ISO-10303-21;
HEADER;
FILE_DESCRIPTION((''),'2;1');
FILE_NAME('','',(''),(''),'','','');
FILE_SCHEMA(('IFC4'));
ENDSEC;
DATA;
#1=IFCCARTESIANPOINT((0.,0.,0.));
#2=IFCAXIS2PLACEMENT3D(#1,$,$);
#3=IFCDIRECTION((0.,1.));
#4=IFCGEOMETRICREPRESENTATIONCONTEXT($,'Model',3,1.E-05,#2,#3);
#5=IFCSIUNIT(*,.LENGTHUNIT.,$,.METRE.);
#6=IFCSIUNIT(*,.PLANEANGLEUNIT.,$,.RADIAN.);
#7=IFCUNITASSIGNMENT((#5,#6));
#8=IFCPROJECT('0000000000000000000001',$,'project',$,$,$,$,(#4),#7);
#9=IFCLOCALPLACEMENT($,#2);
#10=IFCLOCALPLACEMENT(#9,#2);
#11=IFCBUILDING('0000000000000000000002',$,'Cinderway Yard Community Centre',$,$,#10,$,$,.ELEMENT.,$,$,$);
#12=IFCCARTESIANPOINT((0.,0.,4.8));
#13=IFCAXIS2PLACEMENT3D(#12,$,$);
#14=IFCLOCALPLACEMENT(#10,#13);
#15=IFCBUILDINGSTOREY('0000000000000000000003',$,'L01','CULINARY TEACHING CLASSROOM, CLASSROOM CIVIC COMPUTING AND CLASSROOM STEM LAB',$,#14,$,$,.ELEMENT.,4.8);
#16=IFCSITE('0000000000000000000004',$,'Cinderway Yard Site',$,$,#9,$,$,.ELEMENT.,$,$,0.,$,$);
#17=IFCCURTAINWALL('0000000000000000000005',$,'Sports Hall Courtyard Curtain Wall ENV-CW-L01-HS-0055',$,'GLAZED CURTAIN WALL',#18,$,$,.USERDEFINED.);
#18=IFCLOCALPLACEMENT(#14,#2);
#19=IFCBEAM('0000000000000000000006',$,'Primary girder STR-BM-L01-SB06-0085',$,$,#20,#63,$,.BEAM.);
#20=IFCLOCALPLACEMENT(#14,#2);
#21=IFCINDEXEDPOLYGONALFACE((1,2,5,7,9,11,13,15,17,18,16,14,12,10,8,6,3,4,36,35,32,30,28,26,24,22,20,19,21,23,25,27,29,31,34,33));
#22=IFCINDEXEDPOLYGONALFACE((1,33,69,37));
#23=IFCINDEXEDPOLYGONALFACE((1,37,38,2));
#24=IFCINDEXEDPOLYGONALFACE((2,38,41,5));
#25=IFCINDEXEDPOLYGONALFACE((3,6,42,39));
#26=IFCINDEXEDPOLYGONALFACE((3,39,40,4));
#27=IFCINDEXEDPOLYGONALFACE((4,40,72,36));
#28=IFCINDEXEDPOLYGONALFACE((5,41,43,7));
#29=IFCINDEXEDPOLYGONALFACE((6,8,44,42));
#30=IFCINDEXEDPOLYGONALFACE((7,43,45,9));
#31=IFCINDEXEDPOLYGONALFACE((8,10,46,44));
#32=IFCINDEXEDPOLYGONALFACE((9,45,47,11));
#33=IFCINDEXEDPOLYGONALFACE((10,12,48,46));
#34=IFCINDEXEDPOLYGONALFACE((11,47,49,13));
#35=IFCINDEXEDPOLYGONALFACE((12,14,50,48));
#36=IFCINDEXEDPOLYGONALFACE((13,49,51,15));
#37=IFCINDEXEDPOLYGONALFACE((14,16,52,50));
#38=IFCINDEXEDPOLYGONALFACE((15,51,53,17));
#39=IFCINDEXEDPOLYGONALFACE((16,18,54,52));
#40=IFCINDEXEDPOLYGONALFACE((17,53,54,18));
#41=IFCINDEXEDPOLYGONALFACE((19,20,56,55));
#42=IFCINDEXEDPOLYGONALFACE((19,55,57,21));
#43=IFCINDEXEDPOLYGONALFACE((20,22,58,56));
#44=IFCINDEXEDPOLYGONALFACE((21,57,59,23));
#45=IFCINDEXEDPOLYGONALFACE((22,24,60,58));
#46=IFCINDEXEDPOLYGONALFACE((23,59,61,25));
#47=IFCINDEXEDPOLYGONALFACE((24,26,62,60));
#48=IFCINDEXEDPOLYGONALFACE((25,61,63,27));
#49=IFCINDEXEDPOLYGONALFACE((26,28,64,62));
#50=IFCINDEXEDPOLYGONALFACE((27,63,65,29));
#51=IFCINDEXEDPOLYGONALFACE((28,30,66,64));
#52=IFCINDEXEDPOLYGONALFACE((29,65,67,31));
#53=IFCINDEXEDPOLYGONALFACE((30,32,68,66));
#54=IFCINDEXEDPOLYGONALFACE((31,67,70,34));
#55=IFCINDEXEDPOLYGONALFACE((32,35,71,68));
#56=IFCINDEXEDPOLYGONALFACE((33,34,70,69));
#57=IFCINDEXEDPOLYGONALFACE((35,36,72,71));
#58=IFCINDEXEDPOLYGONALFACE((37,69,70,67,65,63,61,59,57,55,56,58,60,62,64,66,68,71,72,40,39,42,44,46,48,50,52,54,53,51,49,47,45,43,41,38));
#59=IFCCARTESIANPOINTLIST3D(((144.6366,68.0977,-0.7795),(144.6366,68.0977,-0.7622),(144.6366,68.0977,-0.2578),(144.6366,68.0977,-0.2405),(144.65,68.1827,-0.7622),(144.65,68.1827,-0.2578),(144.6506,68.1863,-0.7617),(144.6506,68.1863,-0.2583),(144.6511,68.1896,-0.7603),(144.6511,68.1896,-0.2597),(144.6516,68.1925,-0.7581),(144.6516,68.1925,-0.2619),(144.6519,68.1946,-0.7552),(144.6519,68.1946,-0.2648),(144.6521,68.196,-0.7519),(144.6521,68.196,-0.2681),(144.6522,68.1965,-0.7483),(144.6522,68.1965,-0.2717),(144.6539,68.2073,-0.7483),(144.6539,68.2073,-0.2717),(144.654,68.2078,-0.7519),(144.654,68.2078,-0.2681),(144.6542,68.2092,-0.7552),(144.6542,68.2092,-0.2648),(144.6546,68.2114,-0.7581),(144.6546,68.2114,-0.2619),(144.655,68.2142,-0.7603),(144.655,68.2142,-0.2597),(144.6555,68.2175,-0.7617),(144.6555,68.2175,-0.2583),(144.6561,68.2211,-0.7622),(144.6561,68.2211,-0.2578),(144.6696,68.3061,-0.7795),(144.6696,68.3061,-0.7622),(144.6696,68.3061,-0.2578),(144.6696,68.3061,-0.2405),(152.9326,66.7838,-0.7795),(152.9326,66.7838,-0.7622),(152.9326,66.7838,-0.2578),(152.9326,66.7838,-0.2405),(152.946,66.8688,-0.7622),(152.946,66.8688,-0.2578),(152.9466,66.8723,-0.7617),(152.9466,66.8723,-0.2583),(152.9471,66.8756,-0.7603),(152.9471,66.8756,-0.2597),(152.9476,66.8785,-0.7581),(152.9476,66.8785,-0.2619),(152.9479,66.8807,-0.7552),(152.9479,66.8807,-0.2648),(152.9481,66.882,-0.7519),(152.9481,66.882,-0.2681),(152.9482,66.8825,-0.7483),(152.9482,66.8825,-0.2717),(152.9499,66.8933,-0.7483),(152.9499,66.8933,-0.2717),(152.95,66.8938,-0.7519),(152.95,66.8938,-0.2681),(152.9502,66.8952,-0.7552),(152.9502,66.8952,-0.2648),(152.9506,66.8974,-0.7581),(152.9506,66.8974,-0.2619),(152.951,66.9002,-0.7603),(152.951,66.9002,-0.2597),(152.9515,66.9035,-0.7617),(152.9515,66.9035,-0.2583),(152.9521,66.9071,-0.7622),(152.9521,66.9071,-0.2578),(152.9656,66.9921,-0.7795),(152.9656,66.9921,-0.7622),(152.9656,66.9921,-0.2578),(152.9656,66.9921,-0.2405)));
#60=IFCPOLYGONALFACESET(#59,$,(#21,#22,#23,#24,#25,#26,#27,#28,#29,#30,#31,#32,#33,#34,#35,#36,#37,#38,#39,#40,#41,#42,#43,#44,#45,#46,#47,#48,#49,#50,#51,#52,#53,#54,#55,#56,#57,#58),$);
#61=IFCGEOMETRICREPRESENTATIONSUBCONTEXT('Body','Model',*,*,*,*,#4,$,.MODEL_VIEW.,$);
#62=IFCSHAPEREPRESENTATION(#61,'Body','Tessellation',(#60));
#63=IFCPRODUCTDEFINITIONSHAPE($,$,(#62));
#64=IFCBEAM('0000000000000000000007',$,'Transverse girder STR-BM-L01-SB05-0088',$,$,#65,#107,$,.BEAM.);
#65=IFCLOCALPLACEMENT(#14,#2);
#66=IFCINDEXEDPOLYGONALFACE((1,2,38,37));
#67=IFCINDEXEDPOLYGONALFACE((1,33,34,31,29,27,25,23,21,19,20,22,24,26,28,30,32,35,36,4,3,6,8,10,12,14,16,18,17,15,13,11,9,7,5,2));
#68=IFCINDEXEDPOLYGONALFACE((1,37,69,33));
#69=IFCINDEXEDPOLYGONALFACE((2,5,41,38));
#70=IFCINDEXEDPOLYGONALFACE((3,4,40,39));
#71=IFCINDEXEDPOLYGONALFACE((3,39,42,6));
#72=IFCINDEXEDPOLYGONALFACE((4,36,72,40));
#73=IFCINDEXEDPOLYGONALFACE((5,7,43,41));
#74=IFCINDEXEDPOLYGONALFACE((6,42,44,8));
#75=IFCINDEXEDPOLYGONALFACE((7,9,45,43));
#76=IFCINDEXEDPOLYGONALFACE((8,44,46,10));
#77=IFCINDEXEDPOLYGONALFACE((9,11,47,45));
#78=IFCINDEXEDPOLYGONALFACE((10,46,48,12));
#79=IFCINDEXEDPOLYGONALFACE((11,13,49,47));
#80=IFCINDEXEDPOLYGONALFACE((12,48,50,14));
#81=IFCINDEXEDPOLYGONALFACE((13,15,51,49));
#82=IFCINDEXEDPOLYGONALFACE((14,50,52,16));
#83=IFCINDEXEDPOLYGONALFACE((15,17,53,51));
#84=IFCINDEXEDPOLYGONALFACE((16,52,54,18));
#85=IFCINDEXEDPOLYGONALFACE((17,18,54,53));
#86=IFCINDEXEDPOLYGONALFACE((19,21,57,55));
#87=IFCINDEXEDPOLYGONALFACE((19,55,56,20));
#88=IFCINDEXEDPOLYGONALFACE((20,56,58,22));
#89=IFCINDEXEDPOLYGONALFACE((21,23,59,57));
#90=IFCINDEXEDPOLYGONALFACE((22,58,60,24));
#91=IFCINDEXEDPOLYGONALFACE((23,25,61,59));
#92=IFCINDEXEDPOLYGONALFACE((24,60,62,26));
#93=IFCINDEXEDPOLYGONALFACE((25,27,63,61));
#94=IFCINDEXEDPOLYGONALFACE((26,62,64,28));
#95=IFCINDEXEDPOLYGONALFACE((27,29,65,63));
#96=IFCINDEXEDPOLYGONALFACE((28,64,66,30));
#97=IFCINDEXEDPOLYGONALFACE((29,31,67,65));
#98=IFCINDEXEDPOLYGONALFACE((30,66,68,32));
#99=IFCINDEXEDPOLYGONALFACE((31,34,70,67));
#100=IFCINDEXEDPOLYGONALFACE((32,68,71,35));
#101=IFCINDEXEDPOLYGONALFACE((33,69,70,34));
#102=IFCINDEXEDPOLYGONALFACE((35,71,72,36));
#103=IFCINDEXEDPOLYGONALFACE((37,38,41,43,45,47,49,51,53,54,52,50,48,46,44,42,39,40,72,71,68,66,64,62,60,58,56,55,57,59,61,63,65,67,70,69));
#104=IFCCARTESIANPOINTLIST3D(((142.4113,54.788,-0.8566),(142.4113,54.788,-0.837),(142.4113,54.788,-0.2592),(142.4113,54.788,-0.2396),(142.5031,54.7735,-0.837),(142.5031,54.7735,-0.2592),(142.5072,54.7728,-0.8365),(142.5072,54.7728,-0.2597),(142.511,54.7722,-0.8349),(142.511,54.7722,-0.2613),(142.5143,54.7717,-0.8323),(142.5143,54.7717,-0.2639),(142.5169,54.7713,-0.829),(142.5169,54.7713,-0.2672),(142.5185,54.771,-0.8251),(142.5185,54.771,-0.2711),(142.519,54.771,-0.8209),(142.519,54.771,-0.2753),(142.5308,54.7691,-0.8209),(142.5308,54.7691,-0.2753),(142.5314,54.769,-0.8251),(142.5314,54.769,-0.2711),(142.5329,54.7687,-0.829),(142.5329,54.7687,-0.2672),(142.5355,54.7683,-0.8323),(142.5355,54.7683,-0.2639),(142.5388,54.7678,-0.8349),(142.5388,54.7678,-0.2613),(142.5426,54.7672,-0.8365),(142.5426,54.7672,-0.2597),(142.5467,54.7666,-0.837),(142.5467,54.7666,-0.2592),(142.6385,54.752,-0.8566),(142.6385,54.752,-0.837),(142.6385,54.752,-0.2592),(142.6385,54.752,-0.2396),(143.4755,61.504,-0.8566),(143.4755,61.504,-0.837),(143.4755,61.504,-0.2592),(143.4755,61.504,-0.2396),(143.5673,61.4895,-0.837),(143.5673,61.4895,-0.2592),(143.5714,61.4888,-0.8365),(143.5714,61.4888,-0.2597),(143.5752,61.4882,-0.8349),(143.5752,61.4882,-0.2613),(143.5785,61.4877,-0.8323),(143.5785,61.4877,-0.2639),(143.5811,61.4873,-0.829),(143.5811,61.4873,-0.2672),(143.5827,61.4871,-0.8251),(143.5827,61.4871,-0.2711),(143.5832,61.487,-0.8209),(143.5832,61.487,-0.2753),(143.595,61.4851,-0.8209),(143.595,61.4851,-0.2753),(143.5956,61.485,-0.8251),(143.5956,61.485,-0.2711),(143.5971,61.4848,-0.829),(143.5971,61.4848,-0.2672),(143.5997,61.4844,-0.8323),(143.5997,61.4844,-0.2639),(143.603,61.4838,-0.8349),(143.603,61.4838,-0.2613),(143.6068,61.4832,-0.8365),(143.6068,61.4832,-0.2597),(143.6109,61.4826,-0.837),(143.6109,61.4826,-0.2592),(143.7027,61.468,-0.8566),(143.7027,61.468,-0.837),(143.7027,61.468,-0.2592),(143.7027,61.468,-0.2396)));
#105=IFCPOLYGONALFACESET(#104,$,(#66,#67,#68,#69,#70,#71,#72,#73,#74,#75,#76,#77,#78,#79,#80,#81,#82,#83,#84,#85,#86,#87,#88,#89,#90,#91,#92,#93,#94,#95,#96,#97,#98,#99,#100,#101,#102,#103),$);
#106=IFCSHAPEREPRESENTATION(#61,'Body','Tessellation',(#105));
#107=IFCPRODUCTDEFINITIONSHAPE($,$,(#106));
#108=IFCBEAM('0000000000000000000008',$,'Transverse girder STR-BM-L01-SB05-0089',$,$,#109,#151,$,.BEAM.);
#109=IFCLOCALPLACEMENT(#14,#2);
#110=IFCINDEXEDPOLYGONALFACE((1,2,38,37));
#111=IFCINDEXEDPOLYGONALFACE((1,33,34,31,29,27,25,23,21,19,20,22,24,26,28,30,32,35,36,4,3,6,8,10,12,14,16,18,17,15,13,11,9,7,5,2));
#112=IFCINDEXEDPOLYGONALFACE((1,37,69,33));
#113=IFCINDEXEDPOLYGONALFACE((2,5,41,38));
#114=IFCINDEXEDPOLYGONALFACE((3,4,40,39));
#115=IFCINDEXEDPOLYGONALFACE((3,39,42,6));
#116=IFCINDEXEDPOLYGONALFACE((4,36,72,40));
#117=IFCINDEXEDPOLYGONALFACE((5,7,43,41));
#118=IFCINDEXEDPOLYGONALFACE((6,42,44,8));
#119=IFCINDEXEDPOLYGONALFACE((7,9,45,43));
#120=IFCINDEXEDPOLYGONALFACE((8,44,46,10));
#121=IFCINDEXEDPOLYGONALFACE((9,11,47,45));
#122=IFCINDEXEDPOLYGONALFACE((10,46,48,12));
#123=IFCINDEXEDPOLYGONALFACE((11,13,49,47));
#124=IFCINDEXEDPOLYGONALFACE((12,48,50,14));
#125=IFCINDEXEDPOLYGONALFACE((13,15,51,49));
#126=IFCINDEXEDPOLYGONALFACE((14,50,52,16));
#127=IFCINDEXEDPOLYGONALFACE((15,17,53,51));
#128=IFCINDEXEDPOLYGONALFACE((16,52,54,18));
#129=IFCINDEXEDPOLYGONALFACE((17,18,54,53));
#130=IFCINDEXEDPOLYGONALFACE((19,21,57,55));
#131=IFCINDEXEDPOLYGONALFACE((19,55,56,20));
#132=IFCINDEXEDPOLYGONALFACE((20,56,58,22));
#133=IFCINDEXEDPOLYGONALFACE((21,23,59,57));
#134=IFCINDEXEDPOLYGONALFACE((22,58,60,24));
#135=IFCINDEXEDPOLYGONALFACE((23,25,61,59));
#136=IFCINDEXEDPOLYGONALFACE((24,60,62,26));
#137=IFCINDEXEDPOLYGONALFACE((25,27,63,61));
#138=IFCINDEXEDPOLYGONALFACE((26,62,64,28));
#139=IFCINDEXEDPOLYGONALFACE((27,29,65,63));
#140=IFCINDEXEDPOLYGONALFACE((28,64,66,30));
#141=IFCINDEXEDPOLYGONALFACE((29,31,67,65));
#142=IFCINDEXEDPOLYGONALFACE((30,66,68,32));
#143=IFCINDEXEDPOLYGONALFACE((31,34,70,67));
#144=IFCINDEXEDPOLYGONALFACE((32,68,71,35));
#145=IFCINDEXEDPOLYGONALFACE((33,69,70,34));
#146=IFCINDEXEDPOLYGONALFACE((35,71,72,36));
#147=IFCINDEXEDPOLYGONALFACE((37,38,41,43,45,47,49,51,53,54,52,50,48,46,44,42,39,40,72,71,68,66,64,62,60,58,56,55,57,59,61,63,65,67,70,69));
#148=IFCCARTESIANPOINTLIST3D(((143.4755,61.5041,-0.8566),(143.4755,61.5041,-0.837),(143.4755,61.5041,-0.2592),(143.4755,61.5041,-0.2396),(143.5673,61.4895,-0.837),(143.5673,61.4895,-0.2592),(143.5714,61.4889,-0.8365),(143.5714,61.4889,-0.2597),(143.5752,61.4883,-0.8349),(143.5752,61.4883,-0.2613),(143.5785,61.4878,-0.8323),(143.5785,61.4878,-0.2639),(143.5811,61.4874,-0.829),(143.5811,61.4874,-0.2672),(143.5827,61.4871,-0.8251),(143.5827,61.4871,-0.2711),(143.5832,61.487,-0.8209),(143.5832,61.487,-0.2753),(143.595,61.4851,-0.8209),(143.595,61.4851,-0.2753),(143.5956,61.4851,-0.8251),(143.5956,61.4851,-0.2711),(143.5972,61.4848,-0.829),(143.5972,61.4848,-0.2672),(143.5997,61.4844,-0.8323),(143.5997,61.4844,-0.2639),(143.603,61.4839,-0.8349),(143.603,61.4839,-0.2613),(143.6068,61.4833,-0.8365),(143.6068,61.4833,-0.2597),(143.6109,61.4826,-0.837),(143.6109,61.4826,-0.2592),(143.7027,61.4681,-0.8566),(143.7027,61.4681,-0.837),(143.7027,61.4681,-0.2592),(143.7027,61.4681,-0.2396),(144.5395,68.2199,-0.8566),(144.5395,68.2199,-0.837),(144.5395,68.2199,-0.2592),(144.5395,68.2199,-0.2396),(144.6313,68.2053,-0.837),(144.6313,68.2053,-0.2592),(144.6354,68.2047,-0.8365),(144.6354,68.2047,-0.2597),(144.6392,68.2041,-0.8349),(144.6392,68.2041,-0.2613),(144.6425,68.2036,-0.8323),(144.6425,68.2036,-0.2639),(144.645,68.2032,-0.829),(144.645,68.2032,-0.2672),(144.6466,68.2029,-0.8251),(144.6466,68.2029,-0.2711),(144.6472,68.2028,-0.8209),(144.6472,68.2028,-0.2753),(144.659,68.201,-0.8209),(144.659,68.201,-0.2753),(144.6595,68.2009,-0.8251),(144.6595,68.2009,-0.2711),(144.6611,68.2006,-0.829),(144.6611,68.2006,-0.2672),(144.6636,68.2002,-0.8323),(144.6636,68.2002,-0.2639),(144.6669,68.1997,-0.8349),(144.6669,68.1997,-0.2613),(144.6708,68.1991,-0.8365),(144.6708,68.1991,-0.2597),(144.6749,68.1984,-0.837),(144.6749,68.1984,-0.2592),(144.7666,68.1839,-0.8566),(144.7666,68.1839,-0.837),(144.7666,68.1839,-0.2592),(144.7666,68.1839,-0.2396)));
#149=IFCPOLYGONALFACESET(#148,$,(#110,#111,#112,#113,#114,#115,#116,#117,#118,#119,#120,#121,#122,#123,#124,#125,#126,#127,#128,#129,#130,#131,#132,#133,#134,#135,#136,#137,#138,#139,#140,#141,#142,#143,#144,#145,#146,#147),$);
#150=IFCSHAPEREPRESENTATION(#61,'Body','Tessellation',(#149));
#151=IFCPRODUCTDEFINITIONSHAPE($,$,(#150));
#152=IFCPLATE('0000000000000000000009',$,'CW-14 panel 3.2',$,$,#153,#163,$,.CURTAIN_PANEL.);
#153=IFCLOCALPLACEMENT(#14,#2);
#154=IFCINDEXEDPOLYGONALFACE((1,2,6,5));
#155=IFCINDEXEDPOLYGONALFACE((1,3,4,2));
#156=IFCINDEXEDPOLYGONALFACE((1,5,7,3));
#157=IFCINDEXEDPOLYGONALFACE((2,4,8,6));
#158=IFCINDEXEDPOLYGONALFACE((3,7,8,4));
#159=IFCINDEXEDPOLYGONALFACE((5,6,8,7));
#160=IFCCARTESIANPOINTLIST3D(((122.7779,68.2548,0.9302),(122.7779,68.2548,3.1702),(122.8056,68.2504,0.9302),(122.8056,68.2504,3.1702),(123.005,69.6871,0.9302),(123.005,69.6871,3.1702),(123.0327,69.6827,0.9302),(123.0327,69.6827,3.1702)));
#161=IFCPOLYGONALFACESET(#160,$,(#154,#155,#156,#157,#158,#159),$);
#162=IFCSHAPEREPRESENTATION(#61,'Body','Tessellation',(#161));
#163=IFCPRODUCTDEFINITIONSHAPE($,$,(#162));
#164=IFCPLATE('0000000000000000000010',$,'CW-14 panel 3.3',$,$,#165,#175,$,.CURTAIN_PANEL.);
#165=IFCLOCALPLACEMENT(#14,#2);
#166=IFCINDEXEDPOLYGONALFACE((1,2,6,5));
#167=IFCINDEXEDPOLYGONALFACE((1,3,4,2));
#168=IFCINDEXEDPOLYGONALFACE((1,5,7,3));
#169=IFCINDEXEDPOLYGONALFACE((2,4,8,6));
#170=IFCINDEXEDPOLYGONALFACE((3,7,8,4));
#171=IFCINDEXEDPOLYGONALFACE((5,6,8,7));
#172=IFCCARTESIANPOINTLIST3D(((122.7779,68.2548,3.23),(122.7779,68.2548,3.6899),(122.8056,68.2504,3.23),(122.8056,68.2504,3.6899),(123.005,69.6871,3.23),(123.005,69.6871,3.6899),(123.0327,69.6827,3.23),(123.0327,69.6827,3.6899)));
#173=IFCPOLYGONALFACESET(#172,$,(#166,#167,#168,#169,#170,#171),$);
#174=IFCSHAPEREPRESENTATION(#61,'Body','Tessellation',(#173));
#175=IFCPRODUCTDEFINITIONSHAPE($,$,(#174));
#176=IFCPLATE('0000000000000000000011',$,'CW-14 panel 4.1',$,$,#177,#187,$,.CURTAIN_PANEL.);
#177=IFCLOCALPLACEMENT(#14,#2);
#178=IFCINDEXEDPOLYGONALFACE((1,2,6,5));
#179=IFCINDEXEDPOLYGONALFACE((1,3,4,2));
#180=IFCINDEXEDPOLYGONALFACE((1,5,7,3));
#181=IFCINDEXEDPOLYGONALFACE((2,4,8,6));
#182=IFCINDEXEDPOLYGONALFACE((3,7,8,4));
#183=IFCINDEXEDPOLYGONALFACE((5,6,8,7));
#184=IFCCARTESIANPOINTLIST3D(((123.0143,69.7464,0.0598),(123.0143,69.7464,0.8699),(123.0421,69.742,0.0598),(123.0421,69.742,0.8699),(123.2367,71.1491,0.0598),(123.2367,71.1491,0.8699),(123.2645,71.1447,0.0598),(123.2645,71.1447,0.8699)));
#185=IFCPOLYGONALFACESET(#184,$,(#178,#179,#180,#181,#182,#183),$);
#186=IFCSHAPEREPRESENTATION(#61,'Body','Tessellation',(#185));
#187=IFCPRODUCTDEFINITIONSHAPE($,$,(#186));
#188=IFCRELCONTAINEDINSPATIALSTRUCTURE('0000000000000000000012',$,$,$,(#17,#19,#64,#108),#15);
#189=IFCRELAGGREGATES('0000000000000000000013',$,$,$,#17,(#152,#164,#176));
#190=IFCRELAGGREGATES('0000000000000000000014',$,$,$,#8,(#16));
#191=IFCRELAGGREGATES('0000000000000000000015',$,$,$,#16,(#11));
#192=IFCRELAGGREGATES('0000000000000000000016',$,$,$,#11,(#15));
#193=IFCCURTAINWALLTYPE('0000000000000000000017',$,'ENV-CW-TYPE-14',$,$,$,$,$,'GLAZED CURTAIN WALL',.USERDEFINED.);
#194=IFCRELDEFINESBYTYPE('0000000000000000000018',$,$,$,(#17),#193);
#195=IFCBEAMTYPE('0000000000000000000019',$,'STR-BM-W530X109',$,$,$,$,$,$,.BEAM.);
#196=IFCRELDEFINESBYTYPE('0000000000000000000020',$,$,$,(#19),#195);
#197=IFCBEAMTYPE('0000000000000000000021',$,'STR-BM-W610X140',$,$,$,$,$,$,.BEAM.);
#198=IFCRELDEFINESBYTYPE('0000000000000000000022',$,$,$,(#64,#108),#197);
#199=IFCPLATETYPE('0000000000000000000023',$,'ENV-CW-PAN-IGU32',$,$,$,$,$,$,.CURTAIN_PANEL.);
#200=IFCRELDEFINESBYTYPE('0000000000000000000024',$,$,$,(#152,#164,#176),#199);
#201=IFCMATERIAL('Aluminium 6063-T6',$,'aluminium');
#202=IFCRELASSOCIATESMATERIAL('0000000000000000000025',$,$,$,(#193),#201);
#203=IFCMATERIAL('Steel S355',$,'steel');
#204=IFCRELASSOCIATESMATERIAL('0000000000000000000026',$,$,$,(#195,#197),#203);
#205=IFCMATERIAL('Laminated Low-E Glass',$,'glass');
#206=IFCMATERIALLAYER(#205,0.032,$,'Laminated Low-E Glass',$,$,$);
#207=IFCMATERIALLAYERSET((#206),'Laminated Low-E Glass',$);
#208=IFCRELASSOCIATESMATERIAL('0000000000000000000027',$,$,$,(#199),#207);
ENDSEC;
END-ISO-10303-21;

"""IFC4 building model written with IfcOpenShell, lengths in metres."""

from ifc_helpers import new_model, si_unit, direction, frame, origin, origin_2d, place, context, subcontext, project, spatial, rectangle, i_section, extrude, material, layer, layer_set, material_profile, profile_set, type_object, element, aggregate, save


model = new_model("IFC4")

# Units and contexts
model_context = context("Model", 3, precision=1e-05, world=origin(), true_north=direction((0.0, 1.0)))
body_context = subcontext(model_context, "Body", "Model", "MODEL_VIEW")
ifc_project = project(units=[si_unit("LENGTHUNIT", "METRE"), si_unit("PLANEANGLEUNIT", "RADIAN")], contexts=[model_context])

# Site, building, storey
site_placement = place(None, origin())
site = spatial("IfcSite", under=ifc_project, at=site_placement, Name="Cinderway Yard Site", CompositionType="ELEMENT", RefElevation=0.0)
building_placement = place(site_placement, origin())
building = spatial("IfcBuilding", under=site, at=building_placement, Name="Cinderway Yard Community Centre", CompositionType="ELEMENT")
storey_placement = place(building_placement, frame((0.0, 0.0, 4.8)))
storey = spatial("IfcBuildingStorey", under=building, at=storey_placement, Name="L01", Description="CULINARY TEACHING CLASSROOM, CLASSROOM CIVIC COMPUTING AND CLASSROOM STEM LAB", CompositionType="ELEMENT", Elevation=4.8)

# Curtain wall
ifc_material_1 = material(Name="Aluminium 6063-T6", Category="aluminium")
curtain_wall_type = type_object("IfcCurtainWallType", Name="ENV-CW-TYPE-14", ElementType="GLAZED CURTAIN WALL", PredefinedType="USERDEFINED", material=ifc_material_1)
curtain_wall_placement = place(storey_placement, origin())
curtain_wall = element("IfcCurtainWall", 1, at=curtain_wall_placement, inside=storey, type_object=curtain_wall_type, Name="Sports Hall Courtyard Curtain Wall ENV-CW-L01-HS-0055", ObjectType="GLAZED CURTAIN WALL", PredefinedType="USERDEFINED")

# Beams
ifc_material_2 = material(Name="Steel S355", Category="steel")
ifc_material_profile_1 = material_profile(ifc_material_2, i_section(OverallWidth=0.2109, OverallDepth=0.5391, WebThickness=0.011, FlangeThickness=0.0173, FilletRadius=0.0139, at=origin_2d()), Name="Steel S355")
ifc_profile_set_1 = profile_set([ifc_material_profile_1], Name="Steel S355")
beam_type_1 = type_object("IfcBeamType", Name="STR-BM-W530X109", PredefinedType="BEAM", material=ifc_profile_set_1)
beam_1_placement = place(storey_placement, frame((144.6531, 68.2019, -0.51), z_axis=(0.987688, -0.156437, 0.0), x_axis=(0.156437, 0.987688, 0.0)))
element("IfcBeam", 2, at=beam_1_placement, inside=storey, type_object=beam_type_1, Name="Primary girder STR-BM-L01-SB06-0085", PredefinedType="BEAM", context=body_context, shape_type="SweptSolid", body=[
    extrude(i_section(OverallWidth=0.2109, OverallDepth=0.5391, WebThickness=0.011, FlangeThickness=0.0173, FilletRadius=0.0139, at=origin_2d()), origin(), (0.0, 0.0, 1.0), 8.3994),
])
ifc_material_profile_2 = material_profile(ifc_material_2, i_section(OverallWidth=0.23, OverallDepth=0.6169, WebThickness=0.012, FlangeThickness=0.0195, FilletRadius=0.0161, at=origin_2d()), Name="Steel S355")
ifc_profile_set_2 = profile_set([ifc_material_profile_2], Name="Steel S355")
beam_type_2 = type_object("IfcBeamType", Name="STR-BM-W610X140", PredefinedType="BEAM", material=ifc_profile_set_2)
beam_2_placement = place(storey_placement, frame((142.5249, 54.77, -0.5481), z_axis=(0.156505, 0.987677, 0.0), x_axis=(-0.987677, 0.156505, 0.0)))
element("IfcBeam", 3, at=beam_2_placement, inside=storey, type_object=beam_type_2, Name="Transverse girder STR-BM-L01-SB05-0088", PredefinedType="BEAM", context=body_context, shape_type="SweptSolid", body=[
    extrude(i_section(OverallWidth=0.23, OverallDepth=0.6169, WebThickness=0.012, FlangeThickness=0.0195, FilletRadius=0.0161, at=origin_2d()), origin(), (0.0, 0.0, 1.0), 6.7998),
])
beam_3_placement = place(storey_placement, frame((143.5891, 61.4861, -0.5481), z_axis=(0.156475, 0.987682, 0.0), x_axis=(-0.987682, 0.156475, 0.0)))
element("IfcBeam", 4, at=beam_3_placement, inside=storey, type_object=beam_type_2, Name="Transverse girder STR-BM-L01-SB05-0089", PredefinedType="BEAM", context=body_context, shape_type="SweptSolid", body=[
    extrude(i_section(OverallWidth=0.23, OverallDepth=0.6169, WebThickness=0.012, FlangeThickness=0.0195, FilletRadius=0.0161, at=origin_2d()), origin(), (0.0, 0.0, 1.0), 6.7996),
])

# Plates
ifc_material_3 = material(Name="Laminated Low-E Glass", Category="glass")
ifc_layer_1 = layer(ifc_material_3, 0.032, Name="Laminated Low-E Glass")
ifc_layer_set_1 = layer_set([ifc_layer_1], Name="Laminated Low-E Glass")
plate_type = type_object("IfcPlateType", Name="ENV-CW-PAN-IGU32", PredefinedType="CURTAIN_PANEL", material=ifc_layer_set_1)
plate_1_placement = place(storey_placement, frame((122.9053, 68.9688, 0.9302), z_axis=(0.0, 0.0, 1.0), x_axis=(0.156609, 0.987661, 0.0)))
plate_1 = element("IfcPlate", 5, at=plate_1_placement, type_object=plate_type, Name="CW-14 panel 3.2", PredefinedType="CURTAIN_PANEL", context=body_context, shape_type="SweptSolid", body=[
    extrude(rectangle(XDim=1.4502, YDim=0.0281, at=origin_2d()), origin(), (0.0, 0.0, 1.0), 2.24),
])
plate_2_placement = place(storey_placement, frame((122.9053, 68.9688, 3.23), z_axis=(0.0, 0.0, 1.0), x_axis=(0.156609, 0.987661, 0.0)))
plate_2 = element("IfcPlate", 6, at=plate_2_placement, type_object=plate_type, Name="CW-14 panel 3.3", PredefinedType="CURTAIN_PANEL", context=body_context, shape_type="SweptSolid", body=[
    extrude(rectangle(XDim=1.4502, YDim=0.0281, at=origin_2d()), origin(), (0.0, 0.0, 1.0), 0.46),
])
plate_3_placement = place(storey_placement, frame((123.1394, 70.4456, 0.0598), z_axis=(0.0, 0.0, 1.0), x_axis=(0.156609, 0.987661, 0.0)))
plate_3 = element("IfcPlate", 7, at=plate_3_placement, type_object=plate_type, Name="CW-14 panel 4.1", PredefinedType="CURTAIN_PANEL", context=body_context, shape_type="SweptSolid", body=[
    extrude(rectangle(XDim=1.4202, YDim=0.0281, at=origin_2d()), origin(), (0.0, 0.0, 1.0), 0.8101),
])
aggregate(curtain_wall, [plate_1, plate_2, plate_3])

save(model, "model.ifc")
